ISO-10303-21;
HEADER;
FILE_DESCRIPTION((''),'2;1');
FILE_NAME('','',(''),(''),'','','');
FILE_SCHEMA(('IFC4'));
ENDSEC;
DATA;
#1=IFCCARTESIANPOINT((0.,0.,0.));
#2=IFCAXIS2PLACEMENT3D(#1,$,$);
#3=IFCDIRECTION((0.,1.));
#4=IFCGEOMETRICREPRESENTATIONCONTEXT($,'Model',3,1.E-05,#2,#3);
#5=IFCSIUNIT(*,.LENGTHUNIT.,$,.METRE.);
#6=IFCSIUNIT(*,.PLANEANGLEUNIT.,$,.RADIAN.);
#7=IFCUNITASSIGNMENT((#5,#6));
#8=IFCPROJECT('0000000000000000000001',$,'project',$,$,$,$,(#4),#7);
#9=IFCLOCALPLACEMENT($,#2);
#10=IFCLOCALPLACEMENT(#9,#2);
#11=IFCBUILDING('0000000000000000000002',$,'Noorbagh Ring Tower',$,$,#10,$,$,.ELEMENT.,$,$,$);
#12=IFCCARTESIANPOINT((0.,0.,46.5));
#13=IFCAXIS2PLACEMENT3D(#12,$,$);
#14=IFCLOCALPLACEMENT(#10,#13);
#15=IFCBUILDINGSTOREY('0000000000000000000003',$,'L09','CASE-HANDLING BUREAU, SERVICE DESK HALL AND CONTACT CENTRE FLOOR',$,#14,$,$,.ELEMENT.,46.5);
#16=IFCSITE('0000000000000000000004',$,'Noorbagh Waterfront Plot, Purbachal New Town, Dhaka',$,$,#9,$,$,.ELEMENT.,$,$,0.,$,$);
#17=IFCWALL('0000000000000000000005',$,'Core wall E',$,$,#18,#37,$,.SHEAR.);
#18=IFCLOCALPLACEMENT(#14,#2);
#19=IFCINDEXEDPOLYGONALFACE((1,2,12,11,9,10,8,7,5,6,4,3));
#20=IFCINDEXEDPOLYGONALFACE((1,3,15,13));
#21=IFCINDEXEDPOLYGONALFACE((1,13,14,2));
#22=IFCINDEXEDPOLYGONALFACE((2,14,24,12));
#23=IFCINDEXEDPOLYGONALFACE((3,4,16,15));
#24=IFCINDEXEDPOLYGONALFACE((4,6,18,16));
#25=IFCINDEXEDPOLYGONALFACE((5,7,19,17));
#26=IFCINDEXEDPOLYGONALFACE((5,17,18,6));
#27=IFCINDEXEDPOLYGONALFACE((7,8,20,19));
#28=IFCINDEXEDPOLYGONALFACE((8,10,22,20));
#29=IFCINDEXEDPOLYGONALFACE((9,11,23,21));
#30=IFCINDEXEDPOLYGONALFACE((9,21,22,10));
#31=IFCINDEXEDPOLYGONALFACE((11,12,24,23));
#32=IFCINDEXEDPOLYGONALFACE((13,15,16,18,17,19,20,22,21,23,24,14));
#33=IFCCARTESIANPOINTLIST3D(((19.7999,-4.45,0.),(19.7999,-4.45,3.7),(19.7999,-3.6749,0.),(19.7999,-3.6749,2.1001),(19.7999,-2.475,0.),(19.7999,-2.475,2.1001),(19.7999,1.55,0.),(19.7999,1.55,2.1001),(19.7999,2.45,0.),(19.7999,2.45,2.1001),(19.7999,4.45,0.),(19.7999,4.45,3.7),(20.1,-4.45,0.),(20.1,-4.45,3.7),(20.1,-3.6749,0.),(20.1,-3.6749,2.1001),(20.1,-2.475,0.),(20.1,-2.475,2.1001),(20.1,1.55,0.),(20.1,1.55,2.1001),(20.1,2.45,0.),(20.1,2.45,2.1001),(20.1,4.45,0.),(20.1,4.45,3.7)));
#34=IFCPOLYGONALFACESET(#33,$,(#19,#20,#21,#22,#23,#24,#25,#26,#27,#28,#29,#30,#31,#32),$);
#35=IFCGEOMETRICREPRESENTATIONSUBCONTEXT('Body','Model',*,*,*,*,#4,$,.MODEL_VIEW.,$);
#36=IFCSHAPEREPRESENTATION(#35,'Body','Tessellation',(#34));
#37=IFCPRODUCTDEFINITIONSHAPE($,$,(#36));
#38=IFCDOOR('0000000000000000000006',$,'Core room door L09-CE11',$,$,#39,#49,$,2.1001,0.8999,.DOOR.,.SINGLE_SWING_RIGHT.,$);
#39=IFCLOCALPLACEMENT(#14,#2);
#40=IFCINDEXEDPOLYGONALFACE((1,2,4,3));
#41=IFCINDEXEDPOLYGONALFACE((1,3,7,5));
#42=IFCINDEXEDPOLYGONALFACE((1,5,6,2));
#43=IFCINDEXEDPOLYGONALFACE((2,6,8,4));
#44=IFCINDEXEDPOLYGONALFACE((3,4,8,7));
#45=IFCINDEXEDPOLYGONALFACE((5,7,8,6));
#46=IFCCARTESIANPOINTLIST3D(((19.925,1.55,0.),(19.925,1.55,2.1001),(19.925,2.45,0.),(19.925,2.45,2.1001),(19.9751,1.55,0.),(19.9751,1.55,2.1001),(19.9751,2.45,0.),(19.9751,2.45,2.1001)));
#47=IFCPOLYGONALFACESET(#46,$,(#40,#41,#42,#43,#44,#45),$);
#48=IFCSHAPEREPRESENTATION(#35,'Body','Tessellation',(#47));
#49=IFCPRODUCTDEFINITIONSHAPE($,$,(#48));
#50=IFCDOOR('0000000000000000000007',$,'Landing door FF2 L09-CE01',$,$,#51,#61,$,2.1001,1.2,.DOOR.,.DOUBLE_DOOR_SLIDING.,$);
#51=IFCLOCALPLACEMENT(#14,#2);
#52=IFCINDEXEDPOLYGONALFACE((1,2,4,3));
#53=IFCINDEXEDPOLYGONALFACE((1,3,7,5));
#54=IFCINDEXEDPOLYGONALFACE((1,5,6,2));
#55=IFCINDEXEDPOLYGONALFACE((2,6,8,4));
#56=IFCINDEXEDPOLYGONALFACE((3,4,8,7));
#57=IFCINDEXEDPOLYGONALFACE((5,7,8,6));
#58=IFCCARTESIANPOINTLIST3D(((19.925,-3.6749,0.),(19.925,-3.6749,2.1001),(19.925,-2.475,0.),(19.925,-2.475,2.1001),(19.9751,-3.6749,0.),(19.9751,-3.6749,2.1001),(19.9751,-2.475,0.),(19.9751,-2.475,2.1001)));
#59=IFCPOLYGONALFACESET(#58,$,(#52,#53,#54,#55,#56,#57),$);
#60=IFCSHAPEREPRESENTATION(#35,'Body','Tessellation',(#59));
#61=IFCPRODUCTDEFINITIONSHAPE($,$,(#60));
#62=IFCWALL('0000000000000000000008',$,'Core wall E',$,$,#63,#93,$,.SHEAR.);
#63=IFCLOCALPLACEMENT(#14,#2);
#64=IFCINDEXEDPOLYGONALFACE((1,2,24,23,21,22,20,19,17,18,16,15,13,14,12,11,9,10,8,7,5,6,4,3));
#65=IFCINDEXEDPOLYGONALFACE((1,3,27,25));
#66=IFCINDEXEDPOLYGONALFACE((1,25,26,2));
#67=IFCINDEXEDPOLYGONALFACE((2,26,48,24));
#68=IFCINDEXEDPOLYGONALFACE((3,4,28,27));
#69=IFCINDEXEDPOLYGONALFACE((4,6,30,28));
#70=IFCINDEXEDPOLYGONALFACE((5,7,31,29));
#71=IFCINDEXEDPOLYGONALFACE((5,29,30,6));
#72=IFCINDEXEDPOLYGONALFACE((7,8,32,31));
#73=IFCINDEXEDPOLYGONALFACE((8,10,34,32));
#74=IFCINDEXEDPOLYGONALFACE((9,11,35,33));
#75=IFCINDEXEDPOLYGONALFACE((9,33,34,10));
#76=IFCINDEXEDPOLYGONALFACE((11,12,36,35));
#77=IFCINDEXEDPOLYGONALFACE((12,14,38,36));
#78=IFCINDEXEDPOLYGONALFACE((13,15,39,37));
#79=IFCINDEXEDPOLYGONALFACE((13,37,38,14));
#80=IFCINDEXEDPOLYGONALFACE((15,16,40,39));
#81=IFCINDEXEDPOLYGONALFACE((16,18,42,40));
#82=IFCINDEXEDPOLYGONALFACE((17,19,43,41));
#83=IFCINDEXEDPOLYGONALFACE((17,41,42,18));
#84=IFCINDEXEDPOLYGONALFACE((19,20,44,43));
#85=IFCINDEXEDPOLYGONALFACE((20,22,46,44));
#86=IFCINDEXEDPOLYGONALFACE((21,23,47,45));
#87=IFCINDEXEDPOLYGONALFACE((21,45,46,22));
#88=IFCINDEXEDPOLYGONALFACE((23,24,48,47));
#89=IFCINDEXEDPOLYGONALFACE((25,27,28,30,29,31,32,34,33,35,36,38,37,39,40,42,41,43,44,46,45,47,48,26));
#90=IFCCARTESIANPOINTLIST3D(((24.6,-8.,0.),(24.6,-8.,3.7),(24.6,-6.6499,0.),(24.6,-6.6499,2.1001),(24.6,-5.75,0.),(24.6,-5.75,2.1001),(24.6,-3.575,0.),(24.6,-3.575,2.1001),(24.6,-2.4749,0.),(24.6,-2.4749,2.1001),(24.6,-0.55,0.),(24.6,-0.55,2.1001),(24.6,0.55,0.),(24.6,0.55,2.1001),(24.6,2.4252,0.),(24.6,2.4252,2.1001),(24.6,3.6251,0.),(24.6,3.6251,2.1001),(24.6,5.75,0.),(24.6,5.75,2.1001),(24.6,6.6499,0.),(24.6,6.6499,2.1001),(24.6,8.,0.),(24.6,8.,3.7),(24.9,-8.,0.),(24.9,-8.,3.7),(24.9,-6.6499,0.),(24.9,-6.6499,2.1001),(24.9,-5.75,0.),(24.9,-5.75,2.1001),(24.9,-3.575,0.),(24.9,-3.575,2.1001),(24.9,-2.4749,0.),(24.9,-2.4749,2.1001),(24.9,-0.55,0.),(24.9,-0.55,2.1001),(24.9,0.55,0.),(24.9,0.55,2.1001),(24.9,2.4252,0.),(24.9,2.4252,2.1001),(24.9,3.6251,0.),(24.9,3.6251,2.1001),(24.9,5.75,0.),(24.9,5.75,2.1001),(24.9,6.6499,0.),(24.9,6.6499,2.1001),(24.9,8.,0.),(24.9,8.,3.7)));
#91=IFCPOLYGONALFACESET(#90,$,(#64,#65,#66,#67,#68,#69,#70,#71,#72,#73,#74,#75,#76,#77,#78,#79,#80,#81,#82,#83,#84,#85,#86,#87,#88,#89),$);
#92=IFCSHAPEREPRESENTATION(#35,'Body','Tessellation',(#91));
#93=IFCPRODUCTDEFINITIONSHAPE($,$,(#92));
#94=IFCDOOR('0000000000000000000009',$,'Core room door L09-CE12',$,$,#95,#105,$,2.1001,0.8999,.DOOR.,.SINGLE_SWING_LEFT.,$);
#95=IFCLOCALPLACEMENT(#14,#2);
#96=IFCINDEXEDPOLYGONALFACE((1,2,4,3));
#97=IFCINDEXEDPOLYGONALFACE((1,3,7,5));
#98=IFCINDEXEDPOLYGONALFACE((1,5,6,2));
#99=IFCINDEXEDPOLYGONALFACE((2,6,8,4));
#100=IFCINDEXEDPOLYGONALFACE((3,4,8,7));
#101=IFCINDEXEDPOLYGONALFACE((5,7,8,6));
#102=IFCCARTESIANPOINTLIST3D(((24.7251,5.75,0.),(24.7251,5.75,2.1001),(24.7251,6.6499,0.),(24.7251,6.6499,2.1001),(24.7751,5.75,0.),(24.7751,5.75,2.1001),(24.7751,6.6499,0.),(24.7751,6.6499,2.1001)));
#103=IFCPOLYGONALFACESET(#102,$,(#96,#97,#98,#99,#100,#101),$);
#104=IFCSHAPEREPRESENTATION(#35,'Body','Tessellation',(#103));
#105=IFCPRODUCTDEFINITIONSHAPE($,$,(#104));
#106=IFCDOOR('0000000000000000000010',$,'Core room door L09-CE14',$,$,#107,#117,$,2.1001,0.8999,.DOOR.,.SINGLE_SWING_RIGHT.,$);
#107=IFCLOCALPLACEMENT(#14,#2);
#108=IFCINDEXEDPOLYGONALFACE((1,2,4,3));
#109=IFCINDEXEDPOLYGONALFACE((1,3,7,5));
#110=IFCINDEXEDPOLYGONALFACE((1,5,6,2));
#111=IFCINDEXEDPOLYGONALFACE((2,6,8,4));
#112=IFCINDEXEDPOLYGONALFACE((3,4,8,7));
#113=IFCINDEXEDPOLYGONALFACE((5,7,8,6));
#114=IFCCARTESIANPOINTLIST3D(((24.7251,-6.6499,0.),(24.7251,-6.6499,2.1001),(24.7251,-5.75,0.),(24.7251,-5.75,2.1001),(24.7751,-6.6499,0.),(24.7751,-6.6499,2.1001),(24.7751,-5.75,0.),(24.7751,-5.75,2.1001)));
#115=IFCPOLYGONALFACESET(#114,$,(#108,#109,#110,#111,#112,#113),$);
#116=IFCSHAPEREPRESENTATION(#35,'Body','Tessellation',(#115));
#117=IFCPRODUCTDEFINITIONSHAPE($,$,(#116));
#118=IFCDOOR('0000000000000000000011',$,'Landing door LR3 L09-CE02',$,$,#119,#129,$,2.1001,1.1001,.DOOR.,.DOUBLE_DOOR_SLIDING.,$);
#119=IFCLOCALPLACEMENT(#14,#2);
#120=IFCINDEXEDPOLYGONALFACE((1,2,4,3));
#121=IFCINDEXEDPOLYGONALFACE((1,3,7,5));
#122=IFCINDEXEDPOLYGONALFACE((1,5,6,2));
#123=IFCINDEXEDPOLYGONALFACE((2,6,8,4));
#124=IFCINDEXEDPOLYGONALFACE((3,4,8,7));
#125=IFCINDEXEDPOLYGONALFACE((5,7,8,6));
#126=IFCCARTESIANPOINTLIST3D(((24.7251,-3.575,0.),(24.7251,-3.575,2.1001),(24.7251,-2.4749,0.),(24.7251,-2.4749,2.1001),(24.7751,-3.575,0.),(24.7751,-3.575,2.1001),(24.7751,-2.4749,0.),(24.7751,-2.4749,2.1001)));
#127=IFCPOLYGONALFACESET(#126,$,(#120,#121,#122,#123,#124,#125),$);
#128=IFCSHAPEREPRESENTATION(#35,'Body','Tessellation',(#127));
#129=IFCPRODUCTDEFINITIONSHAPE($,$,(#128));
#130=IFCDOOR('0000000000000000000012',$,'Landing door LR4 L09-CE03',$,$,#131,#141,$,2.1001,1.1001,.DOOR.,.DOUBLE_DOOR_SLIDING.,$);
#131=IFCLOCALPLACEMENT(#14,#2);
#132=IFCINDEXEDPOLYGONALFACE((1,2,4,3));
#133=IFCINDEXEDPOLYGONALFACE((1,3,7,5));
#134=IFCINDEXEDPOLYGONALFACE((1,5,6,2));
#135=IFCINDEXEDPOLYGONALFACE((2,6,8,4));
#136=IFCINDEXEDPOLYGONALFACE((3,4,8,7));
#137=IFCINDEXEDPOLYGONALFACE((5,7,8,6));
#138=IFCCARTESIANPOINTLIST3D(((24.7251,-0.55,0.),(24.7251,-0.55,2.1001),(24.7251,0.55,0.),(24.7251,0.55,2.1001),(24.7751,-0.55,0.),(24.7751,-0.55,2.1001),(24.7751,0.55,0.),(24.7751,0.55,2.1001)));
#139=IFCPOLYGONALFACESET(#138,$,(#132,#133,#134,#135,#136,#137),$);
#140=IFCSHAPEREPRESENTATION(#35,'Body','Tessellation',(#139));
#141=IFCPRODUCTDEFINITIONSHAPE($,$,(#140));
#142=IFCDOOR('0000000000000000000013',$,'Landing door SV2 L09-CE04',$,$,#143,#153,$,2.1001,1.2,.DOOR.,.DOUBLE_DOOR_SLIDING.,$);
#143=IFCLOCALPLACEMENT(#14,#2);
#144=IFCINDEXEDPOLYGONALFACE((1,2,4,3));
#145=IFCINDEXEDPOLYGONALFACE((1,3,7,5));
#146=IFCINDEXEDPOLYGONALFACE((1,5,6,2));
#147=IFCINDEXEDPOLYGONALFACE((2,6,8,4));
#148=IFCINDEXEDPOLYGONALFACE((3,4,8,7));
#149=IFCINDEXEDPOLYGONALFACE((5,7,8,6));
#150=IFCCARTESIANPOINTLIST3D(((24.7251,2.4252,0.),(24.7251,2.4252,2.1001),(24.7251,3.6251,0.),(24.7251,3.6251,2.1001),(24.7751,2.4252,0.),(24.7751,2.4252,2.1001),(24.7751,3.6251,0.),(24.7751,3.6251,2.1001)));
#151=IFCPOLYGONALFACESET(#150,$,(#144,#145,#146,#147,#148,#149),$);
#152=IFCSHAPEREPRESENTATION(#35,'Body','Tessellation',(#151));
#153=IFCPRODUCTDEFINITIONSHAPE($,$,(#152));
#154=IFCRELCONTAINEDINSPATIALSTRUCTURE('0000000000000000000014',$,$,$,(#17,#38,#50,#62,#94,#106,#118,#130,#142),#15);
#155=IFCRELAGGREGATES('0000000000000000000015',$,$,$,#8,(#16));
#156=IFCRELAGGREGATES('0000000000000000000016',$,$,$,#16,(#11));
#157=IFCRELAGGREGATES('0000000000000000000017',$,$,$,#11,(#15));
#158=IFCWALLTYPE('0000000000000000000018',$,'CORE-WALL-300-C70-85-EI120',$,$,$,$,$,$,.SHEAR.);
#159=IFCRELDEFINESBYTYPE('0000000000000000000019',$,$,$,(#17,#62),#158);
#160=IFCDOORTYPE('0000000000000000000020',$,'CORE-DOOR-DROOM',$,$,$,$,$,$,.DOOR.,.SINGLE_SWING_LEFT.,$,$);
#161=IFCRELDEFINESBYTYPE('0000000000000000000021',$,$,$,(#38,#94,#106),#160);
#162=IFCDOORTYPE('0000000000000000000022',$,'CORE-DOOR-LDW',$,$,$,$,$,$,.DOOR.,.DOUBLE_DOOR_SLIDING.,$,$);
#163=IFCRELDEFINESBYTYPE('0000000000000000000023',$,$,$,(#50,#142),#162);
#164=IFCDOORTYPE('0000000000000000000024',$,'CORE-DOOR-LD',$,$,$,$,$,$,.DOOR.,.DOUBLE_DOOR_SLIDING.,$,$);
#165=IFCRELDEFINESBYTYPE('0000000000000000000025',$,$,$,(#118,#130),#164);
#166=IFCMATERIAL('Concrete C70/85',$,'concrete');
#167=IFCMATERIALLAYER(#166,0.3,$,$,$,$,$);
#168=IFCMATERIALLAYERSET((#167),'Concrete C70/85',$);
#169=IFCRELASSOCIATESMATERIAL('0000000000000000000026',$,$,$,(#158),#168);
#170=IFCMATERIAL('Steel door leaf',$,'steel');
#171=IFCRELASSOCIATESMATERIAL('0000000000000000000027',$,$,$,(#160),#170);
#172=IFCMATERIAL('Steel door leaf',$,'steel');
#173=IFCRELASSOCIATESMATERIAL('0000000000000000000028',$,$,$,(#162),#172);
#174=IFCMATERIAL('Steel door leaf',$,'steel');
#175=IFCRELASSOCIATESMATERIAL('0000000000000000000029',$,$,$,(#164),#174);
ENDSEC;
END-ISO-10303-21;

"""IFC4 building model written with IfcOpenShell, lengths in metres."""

from ifc_helpers import new_model, si_unit, direction, frame, frame_2d, origin, place, context, subcontext, project, spatial, rectangle, extrude, material, layer, layer_set, type_object, element, fill, save


model = new_model("IFC4")

# Units and contexts
model_context = context("Model", 3, precision=1e-05, world=origin(), true_north=direction((0.0, 1.0)))
body_context = subcontext(model_context, "Body", "Model", "MODEL_VIEW")
ifc_project = project(units=[si_unit("LENGTHUNIT", "METRE"), si_unit("PLANEANGLEUNIT", "RADIAN")], contexts=[model_context])

# Site, building, storey
site_placement = place(None, origin())
site = spatial("IfcSite", under=ifc_project, at=site_placement, Name="Noorbagh Waterfront Plot, Purbachal New Town, Dhaka", CompositionType="ELEMENT", RefElevation=0.0)
building_placement = place(site_placement, origin())
building = spatial("IfcBuilding", under=site, at=building_placement, Name="Noorbagh Ring Tower", CompositionType="ELEMENT")
storey_placement = place(building_placement, frame((0.0, 0.0, 46.5)))
storey = spatial("IfcBuildingStorey", under=building, at=storey_placement, Name="L09", Description="CASE-HANDLING BUREAU, SERVICE DESK HALL AND CONTACT CENTRE FLOOR", CompositionType="ELEMENT", Elevation=46.5)

# Shared definitions
ifc_material_1 = material(Name="Concrete C70/85", Category="concrete")
ifc_layer_1 = layer(ifc_material_1, 0.3)
ifc_layer_set_1 = layer_set([ifc_layer_1], Name="Concrete C70/85")
wall_type_1 = type_object("IfcWallType", Name="CORE-WALL-300-C70-85-EI120", PredefinedType="SHEAR", material=ifc_layer_set_1)

# Walls, openings, doors
wall_1_placement = place(storey_placement, frame((19.95, -4.45, 0.0), z_axis=(0.0, 0.0, 1.0), x_axis=(0.0, 1.0, 0.0)))
wall_1 = element("IfcWall", 1, at=wall_1_placement, inside=storey, type_object=wall_type_1, Name="Core wall E", PredefinedType="SHEAR", context=body_context, shape_type="SweptSolid", body=[
    extrude(rectangle(XDim=8.8999, YDim=0.3, at=frame_2d((4.45, 0.0))), origin(), (0.0, 0.0, 1.0), 3.7),
])
opening_1_placement = place(wall_1_placement, frame((0.7749, 0.0, 0.0)))
opening_1 = element("IfcOpeningElement", 2, at=opening_1_placement, cuts=wall_1, PredefinedType="OPENING", context=body_context, shape_type="SweptSolid", body=[
    extrude(rectangle(XDim=1.2, YDim=2.1001, at=frame_2d((0.6001, 1.05))), frame((0.0, 0.1602, 0.0), z_axis=(0.0, -1.0, 0.0), x_axis=(1.0, 0.0, 0.0)), (0.0, 0.0, 1.0), 0.3201),
])
opening_2_placement = place(wall_1_placement, frame((6.0, 0.0, 0.0)))
opening_2 = element("IfcOpeningElement", 3, at=opening_2_placement, cuts=wall_1, PredefinedType="OPENING", context=body_context, shape_type="SweptSolid", body=[
    extrude(rectangle(XDim=0.8999, YDim=2.1001, at=frame_2d((0.45, 1.05))), frame((0.0, 0.1602, 0.0), z_axis=(0.0, -1.0, 0.0), x_axis=(1.0, 0.0, 0.0)), (0.0, 0.0, 1.0), 0.3201),
])
ifc_material_2 = material(Name="Steel door leaf", Category="steel")
door_type_1 = type_object("IfcDoorType", Name="CORE-DOOR-DROOM", OperationType="SINGLE_SWING_LEFT", PredefinedType="DOOR", material=ifc_material_2)
door_1_placement = place(opening_2_placement, origin())
door_1 = element("IfcDoor", 4, at=door_1_placement, inside=storey, type_object=door_type_1, Name="Core room door L09-CE11", OperationType="SINGLE_SWING_RIGHT", OverallHeight=2.1001, OverallWidth=0.8999, PredefinedType="DOOR", context=body_context, shape_type="SweptSolid", body=[
    extrude(rectangle(XDim=0.8999, YDim=2.1001, at=frame_2d((0.45, 1.05))), frame((0.0, 0.0249, 0.0), z_axis=(0.0, -1.0, 0.0), x_axis=(1.0, 0.0, 0.0)), (0.0, 0.0, 1.0), 0.05),
])
fill(opening_2, door_1)
ifc_material_3 = material(Name="Steel door leaf", Category="steel")
door_type_2 = type_object("IfcDoorType", Name="CORE-DOOR-LDW", OperationType="DOUBLE_DOOR_SLIDING", PredefinedType="DOOR", material=ifc_material_3)
door_2_placement = place(opening_1_placement, origin())
door_2 = element("IfcDoor", 5, at=door_2_placement, inside=storey, type_object=door_type_2, Name="Landing door FF2 L09-CE01", OperationType="DOUBLE_DOOR_SLIDING", OverallHeight=2.1001, OverallWidth=1.2, PredefinedType="DOOR", context=body_context, shape_type="SweptSolid", body=[
    extrude(rectangle(XDim=1.2, YDim=2.1001, at=frame_2d((0.6001, 1.05))), frame((0.0, 0.0249, 0.0), z_axis=(0.0, -1.0, 0.0), x_axis=(1.0, 0.0, 0.0)), (0.0, 0.0, 1.0), 0.05),
])
fill(opening_1, door_2)
wall_2_placement = place(storey_placement, frame((24.75, -8.0, 0.0), z_axis=(0.0, 0.0, 1.0), x_axis=(0.0, 1.0, 0.0)))
wall_2 = element("IfcWall", 6, at=wall_2_placement, inside=storey, type_object=wall_type_1, Name="Core wall E", PredefinedType="SHEAR", context=body_context, shape_type="SweptSolid", body=[
    extrude(rectangle(XDim=16.0, YDim=0.3, at=frame_2d((8.0, 0.0))), origin(), (0.0, 0.0, 1.0), 3.7),
])
opening_3_placement = place(wall_2_placement, frame((4.425, 0.0, 0.0)))
opening_3 = element("IfcOpeningElement", 7, at=opening_3_placement, cuts=wall_2, PredefinedType="OPENING", context=body_context, shape_type="SweptSolid", body=[
    extrude(rectangle(XDim=1.1001, YDim=2.1001, at=frame_2d((0.55, 1.05))), frame((0.0, 0.1602, 0.0), z_axis=(0.0, -1.0, 0.0), x_axis=(1.0, 0.0, 0.0)), (0.0, 0.0, 1.0), 0.3201),
])
opening_4_placement = place(wall_2_placement, frame((7.45, 0.0, 0.0)))
opening_4 = element("IfcOpeningElement", 8, at=opening_4_placement, cuts=wall_2, PredefinedType="OPENING", context=body_context, shape_type="SweptSolid", body=[
    extrude(rectangle(XDim=1.1001, YDim=2.1001, at=frame_2d((0.55, 1.05))), frame((0.0, 0.1602, 0.0), z_axis=(0.0, -1.0, 0.0), x_axis=(1.0, 0.0, 0.0)), (0.0, 0.0, 1.0), 0.3201),
])
opening_5_placement = place(wall_2_placement, frame((10.425, 0.0, 0.0)))
opening_5 = element("IfcOpeningElement", 9, at=opening_5_placement, cuts=wall_2, PredefinedType="OPENING", context=body_context, shape_type="SweptSolid", body=[
    extrude(rectangle(XDim=1.2, YDim=2.1001, at=frame_2d((0.6001, 1.05))), frame((0.0, 0.1602, 0.0), z_axis=(0.0, -1.0, 0.0), x_axis=(1.0, 0.0, 0.0)), (0.0, 0.0, 1.0), 0.3201),
])
opening_6_placement = place(wall_2_placement, frame((13.75, 0.0, 0.0)))
opening_6 = element("IfcOpeningElement", 10, at=opening_6_placement, cuts=wall_2, PredefinedType="OPENING", context=body_context, shape_type="SweptSolid", body=[
    extrude(rectangle(XDim=0.8999, YDim=2.1001, at=frame_2d((0.45, 1.05))), frame((0.0, 0.1602, 0.0), z_axis=(0.0, -1.0, 0.0), x_axis=(1.0, 0.0, 0.0)), (0.0, 0.0, 1.0), 0.3201),
])
opening_7_placement = place(wall_2_placement, frame((1.3501, 0.0, 0.0)))
opening_7 = element("IfcOpeningElement", 11, at=opening_7_placement, cuts=wall_2, PredefinedType="OPENING", context=body_context, shape_type="SweptSolid", body=[
    extrude(rectangle(XDim=0.8999, YDim=2.1001, at=frame_2d((0.45, 1.05))), frame((0.0, 0.1602, 0.0), z_axis=(0.0, -1.0, 0.0), x_axis=(1.0, 0.0, 0.0)), (0.0, 0.0, 1.0), 0.3201),
])
door_3_placement = place(opening_6_placement, origin())
door_3 = element("IfcDoor", 12, at=door_3_placement, inside=storey, type_object=door_type_1, Name="Core room door L09-CE12", OperationType="SINGLE_SWING_LEFT", OverallHeight=2.1001, OverallWidth=0.8999, PredefinedType="DOOR", context=body_context, shape_type="SweptSolid", body=[
    extrude(rectangle(XDim=0.8999, YDim=2.1001, at=frame_2d((0.45, 1.05))), frame((0.0, 0.0249, 0.0), z_axis=(0.0, -1.0, 0.0), x_axis=(1.0, 0.0, 0.0)), (0.0, 0.0, 1.0), 0.05),
])
fill(opening_6, door_3)
door_4_placement = place(opening_7_placement, origin())
door_4 = element("IfcDoor", 13, at=door_4_placement, inside=storey, type_object=door_type_1, Name="Core room door L09-CE14", OperationType="SINGLE_SWING_RIGHT", OverallHeight=2.1001, OverallWidth=0.8999, PredefinedType="DOOR", context=body_context, shape_type="SweptSolid", body=[
    extrude(rectangle(XDim=0.8999, YDim=2.1001, at=frame_2d((0.45, 1.05))), frame((0.0, 0.0249, 0.0), z_axis=(0.0, -1.0, 0.0), x_axis=(1.0, 0.0, 0.0)), (0.0, 0.0, 1.0), 0.05),
])
fill(opening_7, door_4)
ifc_material_4 = material(Name="Steel door leaf", Category="steel")
door_type_3 = type_object("IfcDoorType", Name="CORE-DOOR-LD", OperationType="DOUBLE_DOOR_SLIDING", PredefinedType="DOOR", material=ifc_material_4)
door_5_placement = place(opening_3_placement, origin())
door_5 = element("IfcDoor", 14, at=door_5_placement, inside=storey, type_object=door_type_3, Name="Landing door LR3 L09-CE02", OperationType="DOUBLE_DOOR_SLIDING", OverallHeight=2.1001, OverallWidth=1.1001, PredefinedType="DOOR", context=body_context, shape_type="SweptSolid", body=[
    extrude(rectangle(XDim=1.1001, YDim=2.1001, at=frame_2d((0.55, 1.05))), frame((0.0, 0.0249, 0.0), z_axis=(0.0, -1.0, 0.0), x_axis=(1.0, 0.0, 0.0)), (0.0, 0.0, 1.0), 0.05),
])
fill(opening_3, door_5)
door_6_placement = place(opening_4_placement, origin())
door_6 = element("IfcDoor", 15, at=door_6_placement, inside=storey, type_object=door_type_3, Name="Landing door LR4 L09-CE03", OperationType="DOUBLE_DOOR_SLIDING", OverallHeight=2.1001, OverallWidth=1.1001, PredefinedType="DOOR", context=body_context, shape_type="SweptSolid", body=[
    extrude(rectangle(XDim=1.1001, YDim=2.1001, at=frame_2d((0.55, 1.05))), frame((0.0, 0.0249, 0.0), z_axis=(0.0, -1.0, 0.0), x_axis=(1.0, 0.0, 0.0)), (0.0, 0.0, 1.0), 0.05),
])
fill(opening_4, door_6)
door_7_placement = place(opening_5_placement, origin())
door_7 = element("IfcDoor", 16, at=door_7_placement, inside=storey, type_object=door_type_2, Name="Landing door SV2 L09-CE04", OperationType="DOUBLE_DOOR_SLIDING", OverallHeight=2.1001, OverallWidth=1.2, PredefinedType="DOOR", context=body_context, shape_type="SweptSolid", body=[
    extrude(rectangle(XDim=1.2, YDim=2.1001, at=frame_2d((0.6001, 1.05))), frame((0.0, 0.0249, 0.0), z_axis=(0.0, -1.0, 0.0), x_axis=(1.0, 0.0, 0.0)), (0.0, 0.0, 1.0), 0.05),
])
fill(opening_5, door_7)

save(model, "model.ifc")
